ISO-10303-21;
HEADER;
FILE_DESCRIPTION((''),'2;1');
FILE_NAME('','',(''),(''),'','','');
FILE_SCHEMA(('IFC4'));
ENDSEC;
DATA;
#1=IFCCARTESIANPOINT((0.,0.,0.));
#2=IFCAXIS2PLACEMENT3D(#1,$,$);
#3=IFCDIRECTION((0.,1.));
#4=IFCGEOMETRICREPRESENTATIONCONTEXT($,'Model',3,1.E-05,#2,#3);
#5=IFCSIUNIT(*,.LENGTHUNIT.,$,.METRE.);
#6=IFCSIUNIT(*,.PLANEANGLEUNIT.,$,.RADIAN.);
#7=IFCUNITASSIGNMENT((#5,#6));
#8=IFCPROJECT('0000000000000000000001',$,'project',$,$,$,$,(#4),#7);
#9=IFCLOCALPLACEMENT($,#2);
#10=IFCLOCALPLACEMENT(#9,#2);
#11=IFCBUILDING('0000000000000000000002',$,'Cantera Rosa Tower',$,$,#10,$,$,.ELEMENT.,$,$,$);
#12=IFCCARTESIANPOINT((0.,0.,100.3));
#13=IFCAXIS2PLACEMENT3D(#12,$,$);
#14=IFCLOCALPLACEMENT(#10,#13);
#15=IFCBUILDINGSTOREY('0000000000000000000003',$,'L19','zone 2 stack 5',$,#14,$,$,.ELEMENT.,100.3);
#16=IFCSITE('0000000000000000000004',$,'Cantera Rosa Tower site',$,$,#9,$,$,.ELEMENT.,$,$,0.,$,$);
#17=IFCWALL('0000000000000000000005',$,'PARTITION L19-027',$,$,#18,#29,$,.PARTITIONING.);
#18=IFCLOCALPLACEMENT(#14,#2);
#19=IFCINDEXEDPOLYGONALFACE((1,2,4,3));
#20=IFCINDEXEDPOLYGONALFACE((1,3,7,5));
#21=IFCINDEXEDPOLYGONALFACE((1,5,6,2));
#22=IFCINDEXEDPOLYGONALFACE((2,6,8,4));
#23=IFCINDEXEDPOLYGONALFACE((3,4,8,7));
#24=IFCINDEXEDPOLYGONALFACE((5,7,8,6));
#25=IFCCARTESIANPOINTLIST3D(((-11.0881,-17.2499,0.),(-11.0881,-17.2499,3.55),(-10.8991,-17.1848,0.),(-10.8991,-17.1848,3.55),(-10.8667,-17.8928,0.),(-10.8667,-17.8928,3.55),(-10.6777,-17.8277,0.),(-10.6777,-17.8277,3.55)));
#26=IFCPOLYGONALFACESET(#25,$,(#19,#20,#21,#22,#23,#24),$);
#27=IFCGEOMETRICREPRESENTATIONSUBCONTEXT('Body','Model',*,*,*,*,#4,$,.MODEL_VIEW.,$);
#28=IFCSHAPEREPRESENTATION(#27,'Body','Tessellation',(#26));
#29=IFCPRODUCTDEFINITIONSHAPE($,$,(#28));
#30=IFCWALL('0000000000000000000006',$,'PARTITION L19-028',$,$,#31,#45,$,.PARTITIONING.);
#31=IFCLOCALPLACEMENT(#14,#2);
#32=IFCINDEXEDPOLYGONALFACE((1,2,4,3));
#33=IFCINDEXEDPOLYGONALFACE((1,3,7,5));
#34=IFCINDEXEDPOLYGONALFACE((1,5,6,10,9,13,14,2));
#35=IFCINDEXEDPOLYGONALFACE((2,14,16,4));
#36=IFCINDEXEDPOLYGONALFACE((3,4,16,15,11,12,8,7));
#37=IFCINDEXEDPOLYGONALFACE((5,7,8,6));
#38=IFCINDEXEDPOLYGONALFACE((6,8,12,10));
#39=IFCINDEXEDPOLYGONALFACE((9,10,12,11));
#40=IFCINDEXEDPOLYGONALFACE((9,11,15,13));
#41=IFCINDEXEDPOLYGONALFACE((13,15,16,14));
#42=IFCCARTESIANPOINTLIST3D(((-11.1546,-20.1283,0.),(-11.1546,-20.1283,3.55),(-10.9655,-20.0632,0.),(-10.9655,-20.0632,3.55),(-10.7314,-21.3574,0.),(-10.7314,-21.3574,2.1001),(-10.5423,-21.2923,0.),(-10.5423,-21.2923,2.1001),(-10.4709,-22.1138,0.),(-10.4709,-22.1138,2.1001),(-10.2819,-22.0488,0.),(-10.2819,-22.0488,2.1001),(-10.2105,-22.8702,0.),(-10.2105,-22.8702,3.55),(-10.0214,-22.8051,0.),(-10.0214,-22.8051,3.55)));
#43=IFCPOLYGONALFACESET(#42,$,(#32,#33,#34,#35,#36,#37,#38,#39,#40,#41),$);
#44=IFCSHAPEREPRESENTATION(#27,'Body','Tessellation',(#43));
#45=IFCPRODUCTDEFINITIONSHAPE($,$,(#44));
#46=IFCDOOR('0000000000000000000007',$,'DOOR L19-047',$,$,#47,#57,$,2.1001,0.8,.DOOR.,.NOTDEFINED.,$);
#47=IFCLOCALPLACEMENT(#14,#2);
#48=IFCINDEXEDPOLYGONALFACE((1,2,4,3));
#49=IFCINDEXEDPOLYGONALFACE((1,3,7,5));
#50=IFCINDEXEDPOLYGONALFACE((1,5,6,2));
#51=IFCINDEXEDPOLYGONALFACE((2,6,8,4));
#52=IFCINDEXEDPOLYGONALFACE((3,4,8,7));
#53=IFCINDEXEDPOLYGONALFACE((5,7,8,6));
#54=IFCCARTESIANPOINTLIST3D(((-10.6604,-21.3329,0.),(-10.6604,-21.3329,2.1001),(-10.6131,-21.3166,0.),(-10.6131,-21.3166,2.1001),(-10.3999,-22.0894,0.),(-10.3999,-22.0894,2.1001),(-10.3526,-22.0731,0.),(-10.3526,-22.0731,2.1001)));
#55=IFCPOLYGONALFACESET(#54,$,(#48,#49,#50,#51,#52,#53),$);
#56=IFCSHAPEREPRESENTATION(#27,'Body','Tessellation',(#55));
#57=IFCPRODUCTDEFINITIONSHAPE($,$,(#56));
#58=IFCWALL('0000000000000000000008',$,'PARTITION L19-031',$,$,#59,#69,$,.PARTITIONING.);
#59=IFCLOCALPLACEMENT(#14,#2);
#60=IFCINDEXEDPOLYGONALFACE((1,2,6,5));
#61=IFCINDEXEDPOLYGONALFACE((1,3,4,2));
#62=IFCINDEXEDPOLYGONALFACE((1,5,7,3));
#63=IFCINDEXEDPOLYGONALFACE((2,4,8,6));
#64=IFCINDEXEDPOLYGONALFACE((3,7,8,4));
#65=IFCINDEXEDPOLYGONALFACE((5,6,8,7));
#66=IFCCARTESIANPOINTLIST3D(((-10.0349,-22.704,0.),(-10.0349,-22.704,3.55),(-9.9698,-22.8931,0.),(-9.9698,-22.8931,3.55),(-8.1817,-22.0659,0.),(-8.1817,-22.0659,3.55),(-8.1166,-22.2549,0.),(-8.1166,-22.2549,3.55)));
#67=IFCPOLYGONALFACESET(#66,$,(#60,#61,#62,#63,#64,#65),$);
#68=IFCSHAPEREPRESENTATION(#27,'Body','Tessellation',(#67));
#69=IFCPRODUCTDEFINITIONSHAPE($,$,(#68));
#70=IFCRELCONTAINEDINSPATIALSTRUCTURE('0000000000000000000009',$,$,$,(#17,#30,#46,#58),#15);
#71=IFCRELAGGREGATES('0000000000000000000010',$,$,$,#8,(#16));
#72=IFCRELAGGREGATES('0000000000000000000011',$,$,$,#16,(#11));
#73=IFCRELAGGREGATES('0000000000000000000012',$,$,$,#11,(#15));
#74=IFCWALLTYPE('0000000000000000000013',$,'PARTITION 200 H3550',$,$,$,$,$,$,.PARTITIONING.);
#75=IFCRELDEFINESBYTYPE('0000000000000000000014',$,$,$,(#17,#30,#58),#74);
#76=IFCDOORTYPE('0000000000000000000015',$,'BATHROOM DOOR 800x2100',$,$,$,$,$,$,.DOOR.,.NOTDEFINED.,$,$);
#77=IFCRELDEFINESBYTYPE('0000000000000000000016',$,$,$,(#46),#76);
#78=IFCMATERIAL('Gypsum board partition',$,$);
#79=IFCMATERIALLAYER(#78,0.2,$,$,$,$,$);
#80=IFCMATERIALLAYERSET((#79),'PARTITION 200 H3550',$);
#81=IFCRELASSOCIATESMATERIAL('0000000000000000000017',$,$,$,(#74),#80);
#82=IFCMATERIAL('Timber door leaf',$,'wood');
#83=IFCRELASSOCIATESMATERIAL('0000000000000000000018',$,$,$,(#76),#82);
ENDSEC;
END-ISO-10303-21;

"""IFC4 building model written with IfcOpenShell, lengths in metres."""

from ifc_helpers import new_model, si_unit, direction, frame, frame_2d, origin, place, context, subcontext, project, spatial, rectangle, extrude, material, layer, layer_set, type_object, element, fill, save


model = new_model("IFC4")

# Units and contexts
model_context = context("Model", 3, precision=1e-05, world=origin(), true_north=direction((0.0, 1.0)))
body_context = subcontext(model_context, "Body", "Model", "MODEL_VIEW")
ifc_project = project(units=[si_unit("LENGTHUNIT", "METRE"), si_unit("PLANEANGLEUNIT", "RADIAN")], contexts=[model_context])

# Site, building, storey
site_placement = place(None, origin())
site = spatial("IfcSite", under=ifc_project, at=site_placement, Name="Cantera Rosa Tower site", CompositionType="ELEMENT", RefElevation=0.0)
building_placement = place(site_placement, origin())
building = spatial("IfcBuilding", under=site, at=building_placement, Name="Cantera Rosa Tower", CompositionType="ELEMENT")
storey_placement = place(building_placement, frame((0.0, 0.0, 100.3)))
storey = spatial("IfcBuildingStorey", under=building, at=storey_placement, Name="L19", Description="zone 2 stack 5", CompositionType="ELEMENT", Elevation=100.3)

# Wall
ifc_material_1 = material(Name="Gypsum board partition")
ifc_layer_1 = layer(ifc_material_1, 0.2)
ifc_layer_set_1 = layer_set([ifc_layer_1], Name="PARTITION 200 H3550")
wall_type_1 = type_object("IfcWallType", Name="PARTITION 200 H3550", PredefinedType="PARTITIONING", material=ifc_layer_set_1)
wall_1_placement = place(storey_placement, frame((-10.7722, -17.8601, 0.0), z_axis=(0.0, 0.0, 1.0), x_axis=(-0.325692, 0.945476, 0.0)))
element("IfcWall", 1, at=wall_1_placement, inside=storey, type_object=wall_type_1, Name="PARTITION L19-027", PredefinedType="PARTITIONING", context=body_context, shape_type="SweptSolid", body=[
    extrude(rectangle(XDim=0.6799, YDim=0.2, at=frame_2d((0.3398, 0.0))), origin(), (0.0, 0.0, 1.0), 3.55),
])

# Wall, opening, door
wall_2_placement = place(storey_placement, frame((-10.116, -22.8376, 0.0), z_axis=(0.0, 0.0, 1.0), x_axis=(-0.325557, 0.945522, 0.0)))
wall_2 = element("IfcWall", 2, at=wall_2_placement, inside=storey, type_object=wall_type_1, Name="PARTITION L19-028", PredefinedType="PARTITIONING", context=body_context, shape_type="SweptSolid", body=[
    extrude(rectangle(XDim=2.8999, YDim=0.2, at=frame_2d((1.45, 0.0))), origin(), (0.0, 0.0, 1.0), 3.55),
])
opening_1_placement = place(wall_2_placement, frame((0.8, 0.0, 0.0)))
opening_1 = element("IfcOpeningElement", 3, at=opening_1_placement, cuts=wall_2, PredefinedType="OPENING", context=body_context, shape_type="SweptSolid", body=[
    extrude(rectangle(XDim=0.8, YDim=2.1001, at=frame_2d((0.3999, 1.05))), frame((0.0, 0.1099, 0.0), z_axis=(0.0, -1.0, 0.0), x_axis=(1.0, 0.0, 0.0)), (0.0, 0.0, 1.0), 0.22),
])
ifc_material_2 = material(Name="Timber door leaf", Category="wood")
door_type_1 = type_object("IfcDoorType", Name="BATHROOM DOOR 800x2100", OperationType="NOTDEFINED", PredefinedType="DOOR", material=ifc_material_2)
door_1_placement = place(opening_1_placement, origin())
door_1 = element("IfcDoor", 4, at=door_1_placement, inside=storey, type_object=door_type_1, Name="DOOR L19-047", OperationType="NOTDEFINED", OverallHeight=2.1001, OverallWidth=0.8, PredefinedType="DOOR", context=body_context, shape_type="SweptSolid", body=[
    extrude(rectangle(XDim=0.8, YDim=2.1001, at=frame_2d((0.3999, 1.05))), frame((0.0, 0.0249, 0.0), z_axis=(0.0, -1.0, 0.0), x_axis=(1.0, 0.0, 0.0)), (0.0, 0.0, 1.0), 0.05),
])
fill(opening_1, door_1)

# Wall
wall_3_placement = place(storey_placement, frame((-8.1492, -22.1604, 0.0), z_axis=(0.0, 0.0, 1.0), x_axis=(-0.945511, -0.325591, 0.0)))
element("IfcWall", 5, at=wall_3_placement, inside=storey, type_object=wall_type_1, Name="PARTITION L19-031", PredefinedType="PARTITIONING", context=body_context, shape_type="SweptSolid", body=[
    extrude(rectangle(XDim=1.96, YDim=0.2, at=frame_2d((0.98, 0.0))), origin(), (0.0, 0.0, 1.0), 3.55),
])

save(model, "model.ifc")
